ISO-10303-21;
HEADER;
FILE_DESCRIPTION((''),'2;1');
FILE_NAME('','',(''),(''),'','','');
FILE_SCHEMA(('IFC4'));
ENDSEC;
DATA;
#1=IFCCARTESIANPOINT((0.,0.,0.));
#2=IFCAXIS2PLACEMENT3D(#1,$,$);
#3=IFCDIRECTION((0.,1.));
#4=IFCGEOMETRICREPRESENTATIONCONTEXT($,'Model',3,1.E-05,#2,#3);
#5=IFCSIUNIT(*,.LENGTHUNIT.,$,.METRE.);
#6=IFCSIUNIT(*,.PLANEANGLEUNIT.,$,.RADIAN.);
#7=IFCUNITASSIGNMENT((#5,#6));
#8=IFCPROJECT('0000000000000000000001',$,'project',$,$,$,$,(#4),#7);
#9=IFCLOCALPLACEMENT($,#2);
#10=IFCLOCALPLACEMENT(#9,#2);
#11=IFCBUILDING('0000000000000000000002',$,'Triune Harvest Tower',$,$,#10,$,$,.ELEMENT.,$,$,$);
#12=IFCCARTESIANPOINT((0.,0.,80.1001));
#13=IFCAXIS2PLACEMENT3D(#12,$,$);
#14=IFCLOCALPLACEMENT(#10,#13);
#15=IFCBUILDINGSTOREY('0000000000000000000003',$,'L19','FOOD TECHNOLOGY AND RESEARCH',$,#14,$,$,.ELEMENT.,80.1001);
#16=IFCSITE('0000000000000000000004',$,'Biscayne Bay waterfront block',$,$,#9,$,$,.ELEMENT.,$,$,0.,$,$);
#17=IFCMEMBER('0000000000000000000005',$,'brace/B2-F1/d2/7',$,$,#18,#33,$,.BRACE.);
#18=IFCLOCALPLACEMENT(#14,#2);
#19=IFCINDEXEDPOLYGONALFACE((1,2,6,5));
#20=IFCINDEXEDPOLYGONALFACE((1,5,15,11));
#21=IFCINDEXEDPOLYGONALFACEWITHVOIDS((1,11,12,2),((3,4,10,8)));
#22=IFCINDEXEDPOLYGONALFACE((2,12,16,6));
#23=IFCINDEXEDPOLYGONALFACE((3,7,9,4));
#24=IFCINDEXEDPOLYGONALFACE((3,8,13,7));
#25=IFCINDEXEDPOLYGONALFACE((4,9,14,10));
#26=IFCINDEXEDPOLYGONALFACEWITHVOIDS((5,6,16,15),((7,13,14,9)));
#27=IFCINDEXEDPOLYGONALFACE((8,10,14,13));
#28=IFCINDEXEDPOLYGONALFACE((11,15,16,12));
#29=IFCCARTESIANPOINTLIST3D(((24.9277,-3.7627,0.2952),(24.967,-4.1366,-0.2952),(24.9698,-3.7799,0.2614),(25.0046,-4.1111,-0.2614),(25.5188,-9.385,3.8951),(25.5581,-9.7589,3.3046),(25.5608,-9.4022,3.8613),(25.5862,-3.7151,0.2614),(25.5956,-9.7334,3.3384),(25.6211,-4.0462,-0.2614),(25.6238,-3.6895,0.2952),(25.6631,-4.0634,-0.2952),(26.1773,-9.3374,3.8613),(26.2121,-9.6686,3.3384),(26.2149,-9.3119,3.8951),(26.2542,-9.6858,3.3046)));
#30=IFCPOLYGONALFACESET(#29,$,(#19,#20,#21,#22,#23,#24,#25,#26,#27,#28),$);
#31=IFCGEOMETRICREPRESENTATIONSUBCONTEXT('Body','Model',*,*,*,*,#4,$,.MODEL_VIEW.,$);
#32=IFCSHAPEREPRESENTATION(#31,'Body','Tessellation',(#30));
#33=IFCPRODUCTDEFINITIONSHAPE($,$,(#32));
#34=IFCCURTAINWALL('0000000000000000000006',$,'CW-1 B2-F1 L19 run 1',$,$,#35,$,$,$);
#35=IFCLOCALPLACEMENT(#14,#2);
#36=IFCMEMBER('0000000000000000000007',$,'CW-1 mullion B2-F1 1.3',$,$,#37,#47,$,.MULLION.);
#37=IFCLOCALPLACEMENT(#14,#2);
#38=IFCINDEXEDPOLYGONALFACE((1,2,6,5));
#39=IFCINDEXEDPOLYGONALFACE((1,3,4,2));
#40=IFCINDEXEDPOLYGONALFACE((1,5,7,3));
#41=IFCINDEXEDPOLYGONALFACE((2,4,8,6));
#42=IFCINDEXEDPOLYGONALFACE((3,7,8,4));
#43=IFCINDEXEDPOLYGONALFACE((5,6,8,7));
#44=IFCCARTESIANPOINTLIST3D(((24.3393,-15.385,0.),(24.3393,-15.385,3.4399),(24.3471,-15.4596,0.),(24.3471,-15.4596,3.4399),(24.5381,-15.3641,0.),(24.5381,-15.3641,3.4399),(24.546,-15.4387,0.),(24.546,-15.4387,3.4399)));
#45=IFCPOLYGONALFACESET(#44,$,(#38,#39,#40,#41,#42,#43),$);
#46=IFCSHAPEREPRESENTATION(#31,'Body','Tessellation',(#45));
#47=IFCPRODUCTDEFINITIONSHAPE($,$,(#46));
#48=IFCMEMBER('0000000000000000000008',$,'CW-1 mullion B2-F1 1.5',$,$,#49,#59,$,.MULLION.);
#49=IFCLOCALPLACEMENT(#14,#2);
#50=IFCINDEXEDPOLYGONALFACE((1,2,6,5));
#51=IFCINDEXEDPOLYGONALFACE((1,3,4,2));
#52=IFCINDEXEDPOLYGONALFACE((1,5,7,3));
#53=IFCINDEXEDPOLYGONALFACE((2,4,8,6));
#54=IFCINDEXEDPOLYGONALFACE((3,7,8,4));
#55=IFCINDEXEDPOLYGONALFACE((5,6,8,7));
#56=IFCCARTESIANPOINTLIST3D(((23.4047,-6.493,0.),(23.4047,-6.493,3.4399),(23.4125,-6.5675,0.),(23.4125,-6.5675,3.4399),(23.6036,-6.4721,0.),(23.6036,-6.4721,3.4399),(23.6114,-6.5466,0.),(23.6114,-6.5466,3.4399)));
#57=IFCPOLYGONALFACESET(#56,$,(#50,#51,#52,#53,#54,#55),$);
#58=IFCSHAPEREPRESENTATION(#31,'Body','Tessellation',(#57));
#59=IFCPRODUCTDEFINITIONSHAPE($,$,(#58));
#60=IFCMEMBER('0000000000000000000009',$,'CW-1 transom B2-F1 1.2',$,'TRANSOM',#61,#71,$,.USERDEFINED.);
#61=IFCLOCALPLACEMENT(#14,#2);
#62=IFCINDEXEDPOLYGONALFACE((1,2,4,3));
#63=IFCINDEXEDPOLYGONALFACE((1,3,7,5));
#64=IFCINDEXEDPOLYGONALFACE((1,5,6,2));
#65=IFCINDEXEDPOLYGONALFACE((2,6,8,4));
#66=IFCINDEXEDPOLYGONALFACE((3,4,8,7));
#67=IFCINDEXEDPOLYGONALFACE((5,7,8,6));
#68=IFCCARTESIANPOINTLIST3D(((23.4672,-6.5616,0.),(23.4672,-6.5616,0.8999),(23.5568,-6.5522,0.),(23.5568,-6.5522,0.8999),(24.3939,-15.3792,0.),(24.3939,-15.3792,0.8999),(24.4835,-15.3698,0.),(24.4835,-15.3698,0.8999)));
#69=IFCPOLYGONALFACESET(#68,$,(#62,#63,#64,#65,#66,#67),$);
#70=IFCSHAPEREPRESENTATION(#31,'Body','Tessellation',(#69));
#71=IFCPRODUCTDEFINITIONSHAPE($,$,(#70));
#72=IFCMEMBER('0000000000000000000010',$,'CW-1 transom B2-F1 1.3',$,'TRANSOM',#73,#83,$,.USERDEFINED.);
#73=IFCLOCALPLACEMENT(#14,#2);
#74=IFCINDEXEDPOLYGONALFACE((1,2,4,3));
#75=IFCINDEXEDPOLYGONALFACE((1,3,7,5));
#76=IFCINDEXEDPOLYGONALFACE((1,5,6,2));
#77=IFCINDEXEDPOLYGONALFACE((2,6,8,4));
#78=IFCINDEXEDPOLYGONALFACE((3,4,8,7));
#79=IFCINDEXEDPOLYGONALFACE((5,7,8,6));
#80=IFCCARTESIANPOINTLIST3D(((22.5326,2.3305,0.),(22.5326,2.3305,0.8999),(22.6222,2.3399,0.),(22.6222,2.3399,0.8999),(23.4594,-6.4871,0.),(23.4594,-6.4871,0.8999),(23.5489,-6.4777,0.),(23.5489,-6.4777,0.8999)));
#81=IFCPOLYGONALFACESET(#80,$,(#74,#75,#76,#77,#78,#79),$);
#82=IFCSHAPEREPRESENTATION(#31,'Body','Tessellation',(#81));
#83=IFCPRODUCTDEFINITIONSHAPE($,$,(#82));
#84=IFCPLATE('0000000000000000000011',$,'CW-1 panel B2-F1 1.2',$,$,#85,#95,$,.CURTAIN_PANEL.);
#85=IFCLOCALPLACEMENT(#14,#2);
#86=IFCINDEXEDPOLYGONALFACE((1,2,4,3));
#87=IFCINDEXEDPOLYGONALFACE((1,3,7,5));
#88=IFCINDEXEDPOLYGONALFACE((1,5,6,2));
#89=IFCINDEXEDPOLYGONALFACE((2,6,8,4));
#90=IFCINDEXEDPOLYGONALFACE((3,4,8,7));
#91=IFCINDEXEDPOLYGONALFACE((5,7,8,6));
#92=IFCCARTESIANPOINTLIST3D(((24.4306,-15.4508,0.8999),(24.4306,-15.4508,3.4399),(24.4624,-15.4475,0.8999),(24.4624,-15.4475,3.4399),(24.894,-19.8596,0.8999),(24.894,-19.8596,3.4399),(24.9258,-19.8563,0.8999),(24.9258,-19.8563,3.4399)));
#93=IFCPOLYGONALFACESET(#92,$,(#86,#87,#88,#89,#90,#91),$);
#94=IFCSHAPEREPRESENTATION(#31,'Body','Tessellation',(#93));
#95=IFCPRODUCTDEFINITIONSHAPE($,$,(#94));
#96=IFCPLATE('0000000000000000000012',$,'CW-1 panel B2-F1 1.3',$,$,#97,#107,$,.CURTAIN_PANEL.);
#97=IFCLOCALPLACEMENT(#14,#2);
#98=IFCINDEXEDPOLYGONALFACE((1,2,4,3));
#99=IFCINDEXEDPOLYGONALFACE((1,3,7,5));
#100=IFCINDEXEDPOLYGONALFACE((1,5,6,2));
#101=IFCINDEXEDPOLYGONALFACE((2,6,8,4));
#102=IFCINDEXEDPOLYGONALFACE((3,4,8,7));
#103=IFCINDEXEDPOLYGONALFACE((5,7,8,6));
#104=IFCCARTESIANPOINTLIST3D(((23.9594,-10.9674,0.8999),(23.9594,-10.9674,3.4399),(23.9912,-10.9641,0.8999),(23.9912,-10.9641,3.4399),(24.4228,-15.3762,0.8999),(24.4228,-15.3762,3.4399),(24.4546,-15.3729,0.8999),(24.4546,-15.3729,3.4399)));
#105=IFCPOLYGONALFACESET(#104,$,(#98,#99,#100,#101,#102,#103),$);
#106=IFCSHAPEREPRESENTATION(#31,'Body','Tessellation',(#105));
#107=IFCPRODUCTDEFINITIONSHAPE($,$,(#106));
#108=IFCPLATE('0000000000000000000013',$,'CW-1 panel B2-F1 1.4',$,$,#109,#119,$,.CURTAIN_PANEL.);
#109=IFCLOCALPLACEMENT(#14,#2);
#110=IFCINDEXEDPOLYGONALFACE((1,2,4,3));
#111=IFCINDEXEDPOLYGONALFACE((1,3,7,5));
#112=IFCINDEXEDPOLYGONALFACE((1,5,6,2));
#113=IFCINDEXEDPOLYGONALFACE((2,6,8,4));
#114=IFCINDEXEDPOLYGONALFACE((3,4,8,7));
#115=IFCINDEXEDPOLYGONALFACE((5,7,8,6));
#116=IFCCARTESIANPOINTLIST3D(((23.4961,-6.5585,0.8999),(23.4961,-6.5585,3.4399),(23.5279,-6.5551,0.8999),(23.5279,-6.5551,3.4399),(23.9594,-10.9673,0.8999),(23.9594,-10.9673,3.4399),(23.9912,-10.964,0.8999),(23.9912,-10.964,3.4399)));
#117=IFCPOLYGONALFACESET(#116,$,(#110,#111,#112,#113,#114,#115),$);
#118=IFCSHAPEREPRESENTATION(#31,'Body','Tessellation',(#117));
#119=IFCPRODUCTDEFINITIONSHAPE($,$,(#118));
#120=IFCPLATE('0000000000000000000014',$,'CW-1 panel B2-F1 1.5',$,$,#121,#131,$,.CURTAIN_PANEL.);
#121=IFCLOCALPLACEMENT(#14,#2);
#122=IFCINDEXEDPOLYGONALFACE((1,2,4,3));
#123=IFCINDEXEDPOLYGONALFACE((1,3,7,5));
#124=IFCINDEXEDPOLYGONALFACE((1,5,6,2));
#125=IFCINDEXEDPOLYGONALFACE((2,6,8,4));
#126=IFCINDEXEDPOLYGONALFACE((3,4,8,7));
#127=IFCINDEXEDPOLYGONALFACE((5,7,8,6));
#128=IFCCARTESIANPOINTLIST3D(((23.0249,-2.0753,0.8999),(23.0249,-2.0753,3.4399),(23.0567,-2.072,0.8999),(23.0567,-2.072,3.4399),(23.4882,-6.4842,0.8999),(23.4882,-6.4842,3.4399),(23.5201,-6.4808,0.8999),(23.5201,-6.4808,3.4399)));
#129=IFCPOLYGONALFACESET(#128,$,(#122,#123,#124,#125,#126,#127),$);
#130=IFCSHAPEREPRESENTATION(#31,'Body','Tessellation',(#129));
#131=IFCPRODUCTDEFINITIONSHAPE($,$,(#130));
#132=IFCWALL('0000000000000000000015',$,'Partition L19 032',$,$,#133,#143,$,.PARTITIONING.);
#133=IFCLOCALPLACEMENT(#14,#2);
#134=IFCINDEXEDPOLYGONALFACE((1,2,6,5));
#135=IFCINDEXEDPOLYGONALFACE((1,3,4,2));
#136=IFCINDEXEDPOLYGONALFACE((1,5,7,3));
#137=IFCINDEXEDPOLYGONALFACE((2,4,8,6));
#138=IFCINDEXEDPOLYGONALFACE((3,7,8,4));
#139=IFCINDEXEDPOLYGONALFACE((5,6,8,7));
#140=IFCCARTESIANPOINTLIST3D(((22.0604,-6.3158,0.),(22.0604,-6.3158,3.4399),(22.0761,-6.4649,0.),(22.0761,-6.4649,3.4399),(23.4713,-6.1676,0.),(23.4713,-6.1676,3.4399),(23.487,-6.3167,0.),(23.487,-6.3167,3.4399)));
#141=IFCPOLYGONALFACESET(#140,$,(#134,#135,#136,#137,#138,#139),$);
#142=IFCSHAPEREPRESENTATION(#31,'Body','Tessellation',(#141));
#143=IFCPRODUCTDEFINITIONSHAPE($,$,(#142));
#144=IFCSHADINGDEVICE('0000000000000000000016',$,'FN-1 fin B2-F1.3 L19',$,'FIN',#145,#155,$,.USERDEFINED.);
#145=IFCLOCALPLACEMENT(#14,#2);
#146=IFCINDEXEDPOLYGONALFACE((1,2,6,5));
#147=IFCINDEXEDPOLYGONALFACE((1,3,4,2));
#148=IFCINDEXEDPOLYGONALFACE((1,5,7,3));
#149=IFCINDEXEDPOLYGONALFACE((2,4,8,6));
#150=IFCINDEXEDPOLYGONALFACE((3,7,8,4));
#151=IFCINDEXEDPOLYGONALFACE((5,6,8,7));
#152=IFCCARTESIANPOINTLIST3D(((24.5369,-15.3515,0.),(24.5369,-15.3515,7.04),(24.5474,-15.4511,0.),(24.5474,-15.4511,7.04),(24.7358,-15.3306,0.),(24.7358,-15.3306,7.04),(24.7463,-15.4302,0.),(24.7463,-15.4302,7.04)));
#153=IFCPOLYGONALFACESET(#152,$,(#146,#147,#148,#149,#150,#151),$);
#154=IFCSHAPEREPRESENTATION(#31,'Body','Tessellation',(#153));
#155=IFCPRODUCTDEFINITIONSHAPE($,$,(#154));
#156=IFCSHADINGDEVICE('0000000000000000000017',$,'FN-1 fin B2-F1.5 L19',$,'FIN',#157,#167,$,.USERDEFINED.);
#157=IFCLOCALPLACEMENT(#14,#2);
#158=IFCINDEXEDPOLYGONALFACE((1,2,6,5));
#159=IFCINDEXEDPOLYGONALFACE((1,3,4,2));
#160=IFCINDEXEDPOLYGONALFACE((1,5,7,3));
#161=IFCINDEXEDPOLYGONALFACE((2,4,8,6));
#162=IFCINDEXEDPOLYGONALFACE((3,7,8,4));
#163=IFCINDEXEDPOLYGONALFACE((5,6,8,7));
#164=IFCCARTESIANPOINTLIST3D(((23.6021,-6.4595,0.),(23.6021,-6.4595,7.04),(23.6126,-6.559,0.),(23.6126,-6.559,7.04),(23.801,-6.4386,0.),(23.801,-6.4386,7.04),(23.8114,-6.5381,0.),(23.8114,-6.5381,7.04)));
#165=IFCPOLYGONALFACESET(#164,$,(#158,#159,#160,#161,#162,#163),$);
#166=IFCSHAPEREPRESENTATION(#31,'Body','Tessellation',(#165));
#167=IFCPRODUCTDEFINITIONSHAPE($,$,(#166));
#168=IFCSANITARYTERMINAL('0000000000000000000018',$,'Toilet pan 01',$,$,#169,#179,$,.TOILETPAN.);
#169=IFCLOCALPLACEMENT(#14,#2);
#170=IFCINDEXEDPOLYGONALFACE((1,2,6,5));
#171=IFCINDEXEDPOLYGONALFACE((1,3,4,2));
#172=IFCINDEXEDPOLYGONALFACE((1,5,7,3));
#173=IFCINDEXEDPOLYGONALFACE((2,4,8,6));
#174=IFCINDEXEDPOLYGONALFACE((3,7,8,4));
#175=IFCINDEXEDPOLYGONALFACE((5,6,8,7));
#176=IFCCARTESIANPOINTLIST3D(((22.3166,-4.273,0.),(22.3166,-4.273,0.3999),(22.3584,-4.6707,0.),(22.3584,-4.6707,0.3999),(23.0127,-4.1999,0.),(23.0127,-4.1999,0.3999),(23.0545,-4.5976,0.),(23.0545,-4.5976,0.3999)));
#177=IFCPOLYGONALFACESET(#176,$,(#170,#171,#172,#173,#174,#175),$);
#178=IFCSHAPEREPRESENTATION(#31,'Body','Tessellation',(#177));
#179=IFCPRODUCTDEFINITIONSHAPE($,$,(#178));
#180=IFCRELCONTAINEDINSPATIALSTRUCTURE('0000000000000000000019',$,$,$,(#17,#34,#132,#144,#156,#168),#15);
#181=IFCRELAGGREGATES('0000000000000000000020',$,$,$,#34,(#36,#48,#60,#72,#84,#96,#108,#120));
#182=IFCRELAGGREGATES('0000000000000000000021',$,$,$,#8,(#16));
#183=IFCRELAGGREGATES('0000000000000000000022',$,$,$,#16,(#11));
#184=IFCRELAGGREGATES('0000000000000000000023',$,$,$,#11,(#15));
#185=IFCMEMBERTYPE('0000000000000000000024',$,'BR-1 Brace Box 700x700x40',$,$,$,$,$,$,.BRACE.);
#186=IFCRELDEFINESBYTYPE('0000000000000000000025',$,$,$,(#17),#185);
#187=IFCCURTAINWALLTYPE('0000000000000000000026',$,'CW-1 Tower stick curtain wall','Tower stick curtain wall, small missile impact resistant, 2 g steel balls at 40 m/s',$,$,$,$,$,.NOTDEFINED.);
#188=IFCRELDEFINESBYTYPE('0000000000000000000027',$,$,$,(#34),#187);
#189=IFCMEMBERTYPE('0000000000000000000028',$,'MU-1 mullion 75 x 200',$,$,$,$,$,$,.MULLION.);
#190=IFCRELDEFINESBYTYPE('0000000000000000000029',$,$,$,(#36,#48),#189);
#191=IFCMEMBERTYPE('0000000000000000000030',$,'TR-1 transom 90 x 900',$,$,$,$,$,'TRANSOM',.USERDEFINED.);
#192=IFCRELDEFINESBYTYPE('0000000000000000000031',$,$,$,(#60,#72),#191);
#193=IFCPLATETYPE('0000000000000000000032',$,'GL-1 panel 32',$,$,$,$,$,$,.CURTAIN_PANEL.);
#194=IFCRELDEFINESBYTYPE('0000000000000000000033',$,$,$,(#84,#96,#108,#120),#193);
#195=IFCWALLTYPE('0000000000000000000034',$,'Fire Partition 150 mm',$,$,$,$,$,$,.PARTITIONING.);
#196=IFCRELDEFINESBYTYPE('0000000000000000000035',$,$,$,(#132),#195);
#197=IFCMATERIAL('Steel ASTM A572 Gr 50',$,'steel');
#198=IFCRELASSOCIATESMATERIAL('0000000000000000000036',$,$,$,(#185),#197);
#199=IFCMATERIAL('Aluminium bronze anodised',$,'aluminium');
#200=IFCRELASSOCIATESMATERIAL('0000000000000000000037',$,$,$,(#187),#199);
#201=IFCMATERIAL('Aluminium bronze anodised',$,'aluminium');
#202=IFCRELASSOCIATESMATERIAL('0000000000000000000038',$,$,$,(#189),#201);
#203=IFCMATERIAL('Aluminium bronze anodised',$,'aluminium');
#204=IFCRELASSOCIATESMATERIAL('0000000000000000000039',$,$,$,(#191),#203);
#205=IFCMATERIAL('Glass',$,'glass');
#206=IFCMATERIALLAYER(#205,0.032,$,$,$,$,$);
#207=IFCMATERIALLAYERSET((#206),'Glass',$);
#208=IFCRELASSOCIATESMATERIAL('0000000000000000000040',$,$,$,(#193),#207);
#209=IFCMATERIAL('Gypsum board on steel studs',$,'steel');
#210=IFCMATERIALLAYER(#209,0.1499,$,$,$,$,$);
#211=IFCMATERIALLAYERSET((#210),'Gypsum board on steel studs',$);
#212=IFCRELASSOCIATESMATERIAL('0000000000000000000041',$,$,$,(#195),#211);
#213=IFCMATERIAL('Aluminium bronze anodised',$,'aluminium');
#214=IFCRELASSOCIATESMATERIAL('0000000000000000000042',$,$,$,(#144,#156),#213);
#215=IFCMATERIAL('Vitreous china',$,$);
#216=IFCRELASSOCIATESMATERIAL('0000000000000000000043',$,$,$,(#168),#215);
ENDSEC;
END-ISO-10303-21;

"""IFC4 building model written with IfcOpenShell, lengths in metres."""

from ifc_helpers import new_model, si_unit, direction, frame, frame_2d, origin, origin_2d, place, context, subcontext, project, spatial, rectangle, hollow_rectangle, extrude, source, transform, mapped, material, layer, layer_set, material_profile, profile_set, type_object, element, aggregate, save


model = new_model("IFC4")

# Units and contexts
model_context = context("Model", 3, precision=1e-05, world=origin(), true_north=direction((0.0, 1.0)))
body_context = subcontext(model_context, "Body", "Model", "MODEL_VIEW")
ifc_project = project(units=[si_unit("LENGTHUNIT", "METRE"), si_unit("PLANEANGLEUNIT", "RADIAN")], contexts=[model_context])

# Site, building, storey
site_placement = place(None, origin())
site = spatial("IfcSite", under=ifc_project, at=site_placement, Name="Biscayne Bay waterfront block", CompositionType="ELEMENT", RefElevation=0.0)
building_placement = place(site_placement, origin())
building = spatial("IfcBuilding", under=site, at=building_placement, Name="Triune Harvest Tower", CompositionType="ELEMENT")
storey_placement = place(building_placement, frame((0.0, 0.0, 80.1001)))
storey = spatial("IfcBuildingStorey", under=building, at=storey_placement, Name="L19", Description="FOOD TECHNOLOGY AND RESEARCH", CompositionType="ELEMENT", Elevation=80.1001)

# Member
ifc_material_1 = material(Name="Steel ASTM A572 Gr 50", Category="steel")
ifc_material_profile_1 = material_profile(ifc_material_1, hollow_rectangle(XDim=0.7, YDim=0.7, WallThickness=0.04, at=origin_2d()), Name="Box 700x700x40")
ifc_profile_set_1 = profile_set([ifc_material_profile_1], Name="Steel ASTM A572 Gr 50")
member_type_1 = type_object("IfcMemberType", Name="BR-1 Brace Box 700x700x40", PredefinedType="BRACE", material=ifc_profile_set_1)
shared_shape_1 = source(origin(), body_context, "Body", "SweptSolid", [
    extrude(hollow_rectangle(XDim=0.7, YDim=0.7, WallThickness=0.04, at=origin_2d()), origin(), (0.0, 0.0, 1.0), 6.7021),
])
member_1_placement = place(storey_placement, frame((25.2954, -3.9131, 0.0), z_axis=(0.08819, -0.838883, 0.53712), x_axis=(0.994519, 0.104552, 0.0)))
element("IfcMember", 1, at=member_1_placement, inside=storey, type_object=member_type_1, Name="brace/B2-F1/d2/7", PredefinedType="BRACE", context=body_context, shape_type="MappedRepresentation", body=[
    mapped(shared_shape_1, transform((0.0, 0.0, 0.0), scale=1.0)),
])

# Curtain wall, members, plates
ifc_material_2 = material(Name="Aluminium bronze anodised", Category="aluminium")
curtain_wall_type = type_object("IfcCurtainWallType", Name="CW-1 Tower stick curtain wall", Description="Tower stick curtain wall, small missile impact resistant, 2 g steel balls at 40 m/s", PredefinedType="NOTDEFINED", material=ifc_material_2)
curtain_wall_placement = place(storey_placement, origin())
curtain_wall = element("IfcCurtainWall", 2, at=curtain_wall_placement, inside=storey, type_object=curtain_wall_type, Name="CW-1 B2-F1 L19 run 1")
ifc_material_3 = material(Name="Aluminium bronze anodised", Category="aluminium")
ifc_material_profile_2 = material_profile(ifc_material_3, rectangle(XDim=0.2, YDim=0.075, at=origin_2d()), Name="MU-1 mullion 75 x 200")
ifc_profile_set_2 = profile_set([ifc_material_profile_2], Name="Aluminium bronze anodised")
member_type_2 = type_object("IfcMemberType", Name="MU-1 mullion 75 x 200", PredefinedType="MULLION", material=ifc_profile_set_2)
shared_shape_2 = source(origin(), body_context, "Body", "SweptSolid", [
    extrude(rectangle(XDim=0.2, YDim=0.075, at=origin_2d()), origin(), (0.0, 0.0, 1.0), 3.4399),
])
member_2_placement = place(storey_placement, frame((24.4426, -15.4119, 0.0), z_axis=(0.0, 0.0, 1.0), x_axis=(-0.994522, -0.104528, 0.0)))
member_2 = element("IfcMember", 3, at=member_2_placement, type_object=member_type_2, Name="CW-1 mullion B2-F1 1.3", PredefinedType="MULLION", context=body_context, shape_type="MappedRepresentation", body=[
    mapped(shared_shape_2, transform((0.0, 0.0, 0.0), scale=1.0)),
])
member_3_placement = place(storey_placement, frame((23.5081, -6.5198, 0.0), z_axis=(0.0, 0.0, 1.0), x_axis=(-0.994522, -0.104528, 0.0)))
member_3 = element("IfcMember", 4, at=member_3_placement, type_object=member_type_2, Name="CW-1 mullion B2-F1 1.5", PredefinedType="MULLION", context=body_context, shape_type="MappedRepresentation", body=[
    mapped(shared_shape_2, transform((0.0, 0.0, 0.0), scale=1.0)),
])
ifc_material_4 = material(Name="Aluminium bronze anodised", Category="aluminium")
ifc_material_profile_3 = material_profile(ifc_material_4, rectangle(XDim=0.0901, YDim=0.8999, at=origin_2d()), Name="TR-1 transom 90 x 900")
ifc_profile_set_3 = profile_set([ifc_material_profile_3], Name="Aluminium bronze anodised")
member_type_3 = type_object("IfcMemberType", Name="TR-1 transom 90 x 900", ElementType="TRANSOM", PredefinedType="USERDEFINED", material=ifc_profile_set_3)
shared_shape_3 = source(origin(), body_context, "Body", "SweptSolid", [
    extrude(rectangle(XDim=0.0901, YDim=0.8999, at=origin_2d()), origin(), (0.0, 0.0, 1.0), 8.8662),
])
member_4_placement = place(storey_placement, frame((24.4387, -15.3745, 0.45), z_axis=(-0.104527, 0.994522, 0.0), x_axis=(-0.994522, -0.104527, 0.0)))
member_4 = element("IfcMember", 5, at=member_4_placement, type_object=member_type_3, Name="CW-1 transom B2-F1 1.2", ObjectType="TRANSOM", PredefinedType="USERDEFINED", context=body_context, shape_type="MappedRepresentation", body=[
    mapped(shared_shape_3, transform((0.0, 0.0, 0.0), scale=1.0)),
])
member_5_placement = place(storey_placement, frame((23.5042, -6.4824, 0.45), z_axis=(-0.104527, 0.994522, 0.0), x_axis=(-0.994522, -0.104527, 0.0)))
member_5 = element("IfcMember", 6, at=member_5_placement, type_object=member_type_3, Name="CW-1 transom B2-F1 1.3", ObjectType="TRANSOM", PredefinedType="USERDEFINED", context=body_context, shape_type="MappedRepresentation", body=[
    mapped(shared_shape_3, transform((0.0, 0.0, 0.0), scale=1.0)),
])
ifc_material_5 = material(Name="Glass", Category="glass")
ifc_layer_1 = layer(ifc_material_5, 0.032)
ifc_layer_set_1 = layer_set([ifc_layer_1], Name="Glass")
plate_type = type_object("IfcPlateType", Name="GL-1 panel 32", PredefinedType="CURTAIN_PANEL", material=ifc_layer_set_1)
shared_shape_4 = source(origin(), body_context, "Body", "SweptSolid", [
    extrude(rectangle(XDim=4.4331, YDim=0.032, at=origin_2d()), origin(), (0.0, 0.0, 1.0), 2.54),
])
plate_1_placement = place(storey_placement, frame((24.6782, -17.6536, 0.8999), z_axis=(0.0, 0.0, 1.0), x_axis=(-0.104528, 0.994522, 0.0)))
plate_1 = element("IfcPlate", 7, at=plate_1_placement, type_object=plate_type, Name="CW-1 panel B2-F1 1.2", PredefinedType="CURTAIN_PANEL", context=body_context, shape_type="MappedRepresentation", body=[
    mapped(shared_shape_4, transform((0.0, 0.0, 0.0), scale=1.0)),
])
plate_2_placement = place(storey_placement, frame((24.207, -13.1702, 0.8999), z_axis=(0.0, 0.0, 1.0), x_axis=(-0.104528, 0.994522, 0.0)))
plate_2 = element("IfcPlate", 8, at=plate_2_placement, type_object=plate_type, Name="CW-1 panel B2-F1 1.3", PredefinedType="CURTAIN_PANEL", context=body_context, shape_type="MappedRepresentation", body=[
    mapped(shared_shape_4, transform((0.0, 0.0, 0.0), scale=1.0)),
])
plate_3_placement = place(storey_placement, frame((23.7437, -8.7612, 0.8999), z_axis=(0.0, 0.0, 1.0), x_axis=(-0.104528, 0.994522, 0.0)))
plate_3 = element("IfcPlate", 9, at=plate_3_placement, type_object=plate_type, Name="CW-1 panel B2-F1 1.4", PredefinedType="CURTAIN_PANEL", context=body_context, shape_type="MappedRepresentation", body=[
    mapped(shared_shape_4, transform((0.0, 0.0, 0.0), scale=1.0)),
])
plate_4_placement = place(storey_placement, frame((23.2725, -4.2781, 0.8999), z_axis=(0.0, 0.0, 1.0), x_axis=(-0.104528, 0.994522, 0.0)))
plate_4 = element("IfcPlate", 10, at=plate_4_placement, type_object=plate_type, Name="CW-1 panel B2-F1 1.5", PredefinedType="CURTAIN_PANEL", context=body_context, shape_type="MappedRepresentation", body=[
    mapped(shared_shape_4, transform((0.0, 0.0, 0.0), scale=1.0)),
])
aggregate(curtain_wall, [member_2, member_3, member_4, member_5, plate_1, plate_2, plate_3, plate_4])

# Wall
ifc_material_6 = material(Name="Gypsum board on steel studs", Category="steel")
ifc_layer_2 = layer(ifc_material_6, 0.1499)
ifc_layer_set_2 = layer_set([ifc_layer_2], Name="Gypsum board on steel studs")
wall_type = type_object("IfcWallType", Name="Fire Partition 150 mm", PredefinedType="PARTITIONING", material=ifc_layer_set_2)
shared_shape_5 = source(origin(), body_context, "Body", "SweptSolid", [
    extrude(rectangle(XDim=1.4187, YDim=0.1499, at=frame_2d((0.7095, 0.0))), origin(), (0.0, 0.0, 1.0), 3.4399),
])
wall_placement = place(storey_placement, frame((22.0681, -6.3904, 0.0), z_axis=(0.0, 0.0, 1.0), x_axis=(0.994529, 0.104461, 0.0)))
element("IfcWall", 11, at=wall_placement, inside=storey, type_object=wall_type, Name="Partition L19 032", PredefinedType="PARTITIONING", context=body_context, shape_type="MappedRepresentation", body=[
    mapped(shared_shape_5, transform((0.0, 0.0, 0.0), scale=1.0)),
])

# Shading devices
ifc_material_7 = material(Name="Aluminium bronze anodised", Category="aluminium")
shared_shape_6 = source(origin(), body_context, "Body", "SweptSolid", [
    extrude(rectangle(XDim=0.1001, YDim=0.2, at=origin_2d()), origin(), (0.0, 0.0, 1.0), 7.04),
])
for number, where, z_axis, x_axis, name in (
    (12, (24.6416, -15.3909, 0.0), (0.0, 0.0, 1.0), (-0.104528, 0.994522, 0.0), "FN-1 fin B2-F1.3 L19"),
    (13, (23.7068, -6.4988, 0.0), (0.0, 0.0, 1.0), (-0.104528, 0.994522, 0.0), "FN-1 fin B2-F1.5 L19"),
):
    element("IfcShadingDevice", number, at=place(storey_placement, frame(where, z_axis=z_axis, x_axis=x_axis)), inside=storey, material=ifc_material_7, Name=name, ObjectType="FIN", PredefinedType="USERDEFINED", context=body_context, shape_type="MappedRepresentation", body=[
        mapped(shared_shape_6, transform((0.0, 0.0, 0.0), scale=1.0)),
    ])

# Sanitary terminal
ifc_material_8 = material(Name="Vitreous china")
shared_shape_7 = source(origin(), body_context, "Body", "SweptSolid", [
    extrude(rectangle(XDim=0.3999, YDim=0.7, at=origin_2d()), origin(), (0.0, 0.0, 1.0), 0.3999),
])
for number, where, z_axis, x_axis, name in (
    (14, (22.6855, -4.4353, 0.0), (0.0, 0.0, 1.0), (0.104546, -0.99452, 0.0), "Toilet pan 01"),
):
    element("IfcSanitaryTerminal", number, at=place(storey_placement, frame(where, z_axis=z_axis, x_axis=x_axis)), inside=storey, material=ifc_material_8, Name=name, PredefinedType="TOILETPAN", context=body_context, shape_type="MappedRepresentation", body=[
        mapped(shared_shape_7, transform((0.0, 0.0, 0.0), scale=1.0)),
    ])

save(model, "model.ifc")
